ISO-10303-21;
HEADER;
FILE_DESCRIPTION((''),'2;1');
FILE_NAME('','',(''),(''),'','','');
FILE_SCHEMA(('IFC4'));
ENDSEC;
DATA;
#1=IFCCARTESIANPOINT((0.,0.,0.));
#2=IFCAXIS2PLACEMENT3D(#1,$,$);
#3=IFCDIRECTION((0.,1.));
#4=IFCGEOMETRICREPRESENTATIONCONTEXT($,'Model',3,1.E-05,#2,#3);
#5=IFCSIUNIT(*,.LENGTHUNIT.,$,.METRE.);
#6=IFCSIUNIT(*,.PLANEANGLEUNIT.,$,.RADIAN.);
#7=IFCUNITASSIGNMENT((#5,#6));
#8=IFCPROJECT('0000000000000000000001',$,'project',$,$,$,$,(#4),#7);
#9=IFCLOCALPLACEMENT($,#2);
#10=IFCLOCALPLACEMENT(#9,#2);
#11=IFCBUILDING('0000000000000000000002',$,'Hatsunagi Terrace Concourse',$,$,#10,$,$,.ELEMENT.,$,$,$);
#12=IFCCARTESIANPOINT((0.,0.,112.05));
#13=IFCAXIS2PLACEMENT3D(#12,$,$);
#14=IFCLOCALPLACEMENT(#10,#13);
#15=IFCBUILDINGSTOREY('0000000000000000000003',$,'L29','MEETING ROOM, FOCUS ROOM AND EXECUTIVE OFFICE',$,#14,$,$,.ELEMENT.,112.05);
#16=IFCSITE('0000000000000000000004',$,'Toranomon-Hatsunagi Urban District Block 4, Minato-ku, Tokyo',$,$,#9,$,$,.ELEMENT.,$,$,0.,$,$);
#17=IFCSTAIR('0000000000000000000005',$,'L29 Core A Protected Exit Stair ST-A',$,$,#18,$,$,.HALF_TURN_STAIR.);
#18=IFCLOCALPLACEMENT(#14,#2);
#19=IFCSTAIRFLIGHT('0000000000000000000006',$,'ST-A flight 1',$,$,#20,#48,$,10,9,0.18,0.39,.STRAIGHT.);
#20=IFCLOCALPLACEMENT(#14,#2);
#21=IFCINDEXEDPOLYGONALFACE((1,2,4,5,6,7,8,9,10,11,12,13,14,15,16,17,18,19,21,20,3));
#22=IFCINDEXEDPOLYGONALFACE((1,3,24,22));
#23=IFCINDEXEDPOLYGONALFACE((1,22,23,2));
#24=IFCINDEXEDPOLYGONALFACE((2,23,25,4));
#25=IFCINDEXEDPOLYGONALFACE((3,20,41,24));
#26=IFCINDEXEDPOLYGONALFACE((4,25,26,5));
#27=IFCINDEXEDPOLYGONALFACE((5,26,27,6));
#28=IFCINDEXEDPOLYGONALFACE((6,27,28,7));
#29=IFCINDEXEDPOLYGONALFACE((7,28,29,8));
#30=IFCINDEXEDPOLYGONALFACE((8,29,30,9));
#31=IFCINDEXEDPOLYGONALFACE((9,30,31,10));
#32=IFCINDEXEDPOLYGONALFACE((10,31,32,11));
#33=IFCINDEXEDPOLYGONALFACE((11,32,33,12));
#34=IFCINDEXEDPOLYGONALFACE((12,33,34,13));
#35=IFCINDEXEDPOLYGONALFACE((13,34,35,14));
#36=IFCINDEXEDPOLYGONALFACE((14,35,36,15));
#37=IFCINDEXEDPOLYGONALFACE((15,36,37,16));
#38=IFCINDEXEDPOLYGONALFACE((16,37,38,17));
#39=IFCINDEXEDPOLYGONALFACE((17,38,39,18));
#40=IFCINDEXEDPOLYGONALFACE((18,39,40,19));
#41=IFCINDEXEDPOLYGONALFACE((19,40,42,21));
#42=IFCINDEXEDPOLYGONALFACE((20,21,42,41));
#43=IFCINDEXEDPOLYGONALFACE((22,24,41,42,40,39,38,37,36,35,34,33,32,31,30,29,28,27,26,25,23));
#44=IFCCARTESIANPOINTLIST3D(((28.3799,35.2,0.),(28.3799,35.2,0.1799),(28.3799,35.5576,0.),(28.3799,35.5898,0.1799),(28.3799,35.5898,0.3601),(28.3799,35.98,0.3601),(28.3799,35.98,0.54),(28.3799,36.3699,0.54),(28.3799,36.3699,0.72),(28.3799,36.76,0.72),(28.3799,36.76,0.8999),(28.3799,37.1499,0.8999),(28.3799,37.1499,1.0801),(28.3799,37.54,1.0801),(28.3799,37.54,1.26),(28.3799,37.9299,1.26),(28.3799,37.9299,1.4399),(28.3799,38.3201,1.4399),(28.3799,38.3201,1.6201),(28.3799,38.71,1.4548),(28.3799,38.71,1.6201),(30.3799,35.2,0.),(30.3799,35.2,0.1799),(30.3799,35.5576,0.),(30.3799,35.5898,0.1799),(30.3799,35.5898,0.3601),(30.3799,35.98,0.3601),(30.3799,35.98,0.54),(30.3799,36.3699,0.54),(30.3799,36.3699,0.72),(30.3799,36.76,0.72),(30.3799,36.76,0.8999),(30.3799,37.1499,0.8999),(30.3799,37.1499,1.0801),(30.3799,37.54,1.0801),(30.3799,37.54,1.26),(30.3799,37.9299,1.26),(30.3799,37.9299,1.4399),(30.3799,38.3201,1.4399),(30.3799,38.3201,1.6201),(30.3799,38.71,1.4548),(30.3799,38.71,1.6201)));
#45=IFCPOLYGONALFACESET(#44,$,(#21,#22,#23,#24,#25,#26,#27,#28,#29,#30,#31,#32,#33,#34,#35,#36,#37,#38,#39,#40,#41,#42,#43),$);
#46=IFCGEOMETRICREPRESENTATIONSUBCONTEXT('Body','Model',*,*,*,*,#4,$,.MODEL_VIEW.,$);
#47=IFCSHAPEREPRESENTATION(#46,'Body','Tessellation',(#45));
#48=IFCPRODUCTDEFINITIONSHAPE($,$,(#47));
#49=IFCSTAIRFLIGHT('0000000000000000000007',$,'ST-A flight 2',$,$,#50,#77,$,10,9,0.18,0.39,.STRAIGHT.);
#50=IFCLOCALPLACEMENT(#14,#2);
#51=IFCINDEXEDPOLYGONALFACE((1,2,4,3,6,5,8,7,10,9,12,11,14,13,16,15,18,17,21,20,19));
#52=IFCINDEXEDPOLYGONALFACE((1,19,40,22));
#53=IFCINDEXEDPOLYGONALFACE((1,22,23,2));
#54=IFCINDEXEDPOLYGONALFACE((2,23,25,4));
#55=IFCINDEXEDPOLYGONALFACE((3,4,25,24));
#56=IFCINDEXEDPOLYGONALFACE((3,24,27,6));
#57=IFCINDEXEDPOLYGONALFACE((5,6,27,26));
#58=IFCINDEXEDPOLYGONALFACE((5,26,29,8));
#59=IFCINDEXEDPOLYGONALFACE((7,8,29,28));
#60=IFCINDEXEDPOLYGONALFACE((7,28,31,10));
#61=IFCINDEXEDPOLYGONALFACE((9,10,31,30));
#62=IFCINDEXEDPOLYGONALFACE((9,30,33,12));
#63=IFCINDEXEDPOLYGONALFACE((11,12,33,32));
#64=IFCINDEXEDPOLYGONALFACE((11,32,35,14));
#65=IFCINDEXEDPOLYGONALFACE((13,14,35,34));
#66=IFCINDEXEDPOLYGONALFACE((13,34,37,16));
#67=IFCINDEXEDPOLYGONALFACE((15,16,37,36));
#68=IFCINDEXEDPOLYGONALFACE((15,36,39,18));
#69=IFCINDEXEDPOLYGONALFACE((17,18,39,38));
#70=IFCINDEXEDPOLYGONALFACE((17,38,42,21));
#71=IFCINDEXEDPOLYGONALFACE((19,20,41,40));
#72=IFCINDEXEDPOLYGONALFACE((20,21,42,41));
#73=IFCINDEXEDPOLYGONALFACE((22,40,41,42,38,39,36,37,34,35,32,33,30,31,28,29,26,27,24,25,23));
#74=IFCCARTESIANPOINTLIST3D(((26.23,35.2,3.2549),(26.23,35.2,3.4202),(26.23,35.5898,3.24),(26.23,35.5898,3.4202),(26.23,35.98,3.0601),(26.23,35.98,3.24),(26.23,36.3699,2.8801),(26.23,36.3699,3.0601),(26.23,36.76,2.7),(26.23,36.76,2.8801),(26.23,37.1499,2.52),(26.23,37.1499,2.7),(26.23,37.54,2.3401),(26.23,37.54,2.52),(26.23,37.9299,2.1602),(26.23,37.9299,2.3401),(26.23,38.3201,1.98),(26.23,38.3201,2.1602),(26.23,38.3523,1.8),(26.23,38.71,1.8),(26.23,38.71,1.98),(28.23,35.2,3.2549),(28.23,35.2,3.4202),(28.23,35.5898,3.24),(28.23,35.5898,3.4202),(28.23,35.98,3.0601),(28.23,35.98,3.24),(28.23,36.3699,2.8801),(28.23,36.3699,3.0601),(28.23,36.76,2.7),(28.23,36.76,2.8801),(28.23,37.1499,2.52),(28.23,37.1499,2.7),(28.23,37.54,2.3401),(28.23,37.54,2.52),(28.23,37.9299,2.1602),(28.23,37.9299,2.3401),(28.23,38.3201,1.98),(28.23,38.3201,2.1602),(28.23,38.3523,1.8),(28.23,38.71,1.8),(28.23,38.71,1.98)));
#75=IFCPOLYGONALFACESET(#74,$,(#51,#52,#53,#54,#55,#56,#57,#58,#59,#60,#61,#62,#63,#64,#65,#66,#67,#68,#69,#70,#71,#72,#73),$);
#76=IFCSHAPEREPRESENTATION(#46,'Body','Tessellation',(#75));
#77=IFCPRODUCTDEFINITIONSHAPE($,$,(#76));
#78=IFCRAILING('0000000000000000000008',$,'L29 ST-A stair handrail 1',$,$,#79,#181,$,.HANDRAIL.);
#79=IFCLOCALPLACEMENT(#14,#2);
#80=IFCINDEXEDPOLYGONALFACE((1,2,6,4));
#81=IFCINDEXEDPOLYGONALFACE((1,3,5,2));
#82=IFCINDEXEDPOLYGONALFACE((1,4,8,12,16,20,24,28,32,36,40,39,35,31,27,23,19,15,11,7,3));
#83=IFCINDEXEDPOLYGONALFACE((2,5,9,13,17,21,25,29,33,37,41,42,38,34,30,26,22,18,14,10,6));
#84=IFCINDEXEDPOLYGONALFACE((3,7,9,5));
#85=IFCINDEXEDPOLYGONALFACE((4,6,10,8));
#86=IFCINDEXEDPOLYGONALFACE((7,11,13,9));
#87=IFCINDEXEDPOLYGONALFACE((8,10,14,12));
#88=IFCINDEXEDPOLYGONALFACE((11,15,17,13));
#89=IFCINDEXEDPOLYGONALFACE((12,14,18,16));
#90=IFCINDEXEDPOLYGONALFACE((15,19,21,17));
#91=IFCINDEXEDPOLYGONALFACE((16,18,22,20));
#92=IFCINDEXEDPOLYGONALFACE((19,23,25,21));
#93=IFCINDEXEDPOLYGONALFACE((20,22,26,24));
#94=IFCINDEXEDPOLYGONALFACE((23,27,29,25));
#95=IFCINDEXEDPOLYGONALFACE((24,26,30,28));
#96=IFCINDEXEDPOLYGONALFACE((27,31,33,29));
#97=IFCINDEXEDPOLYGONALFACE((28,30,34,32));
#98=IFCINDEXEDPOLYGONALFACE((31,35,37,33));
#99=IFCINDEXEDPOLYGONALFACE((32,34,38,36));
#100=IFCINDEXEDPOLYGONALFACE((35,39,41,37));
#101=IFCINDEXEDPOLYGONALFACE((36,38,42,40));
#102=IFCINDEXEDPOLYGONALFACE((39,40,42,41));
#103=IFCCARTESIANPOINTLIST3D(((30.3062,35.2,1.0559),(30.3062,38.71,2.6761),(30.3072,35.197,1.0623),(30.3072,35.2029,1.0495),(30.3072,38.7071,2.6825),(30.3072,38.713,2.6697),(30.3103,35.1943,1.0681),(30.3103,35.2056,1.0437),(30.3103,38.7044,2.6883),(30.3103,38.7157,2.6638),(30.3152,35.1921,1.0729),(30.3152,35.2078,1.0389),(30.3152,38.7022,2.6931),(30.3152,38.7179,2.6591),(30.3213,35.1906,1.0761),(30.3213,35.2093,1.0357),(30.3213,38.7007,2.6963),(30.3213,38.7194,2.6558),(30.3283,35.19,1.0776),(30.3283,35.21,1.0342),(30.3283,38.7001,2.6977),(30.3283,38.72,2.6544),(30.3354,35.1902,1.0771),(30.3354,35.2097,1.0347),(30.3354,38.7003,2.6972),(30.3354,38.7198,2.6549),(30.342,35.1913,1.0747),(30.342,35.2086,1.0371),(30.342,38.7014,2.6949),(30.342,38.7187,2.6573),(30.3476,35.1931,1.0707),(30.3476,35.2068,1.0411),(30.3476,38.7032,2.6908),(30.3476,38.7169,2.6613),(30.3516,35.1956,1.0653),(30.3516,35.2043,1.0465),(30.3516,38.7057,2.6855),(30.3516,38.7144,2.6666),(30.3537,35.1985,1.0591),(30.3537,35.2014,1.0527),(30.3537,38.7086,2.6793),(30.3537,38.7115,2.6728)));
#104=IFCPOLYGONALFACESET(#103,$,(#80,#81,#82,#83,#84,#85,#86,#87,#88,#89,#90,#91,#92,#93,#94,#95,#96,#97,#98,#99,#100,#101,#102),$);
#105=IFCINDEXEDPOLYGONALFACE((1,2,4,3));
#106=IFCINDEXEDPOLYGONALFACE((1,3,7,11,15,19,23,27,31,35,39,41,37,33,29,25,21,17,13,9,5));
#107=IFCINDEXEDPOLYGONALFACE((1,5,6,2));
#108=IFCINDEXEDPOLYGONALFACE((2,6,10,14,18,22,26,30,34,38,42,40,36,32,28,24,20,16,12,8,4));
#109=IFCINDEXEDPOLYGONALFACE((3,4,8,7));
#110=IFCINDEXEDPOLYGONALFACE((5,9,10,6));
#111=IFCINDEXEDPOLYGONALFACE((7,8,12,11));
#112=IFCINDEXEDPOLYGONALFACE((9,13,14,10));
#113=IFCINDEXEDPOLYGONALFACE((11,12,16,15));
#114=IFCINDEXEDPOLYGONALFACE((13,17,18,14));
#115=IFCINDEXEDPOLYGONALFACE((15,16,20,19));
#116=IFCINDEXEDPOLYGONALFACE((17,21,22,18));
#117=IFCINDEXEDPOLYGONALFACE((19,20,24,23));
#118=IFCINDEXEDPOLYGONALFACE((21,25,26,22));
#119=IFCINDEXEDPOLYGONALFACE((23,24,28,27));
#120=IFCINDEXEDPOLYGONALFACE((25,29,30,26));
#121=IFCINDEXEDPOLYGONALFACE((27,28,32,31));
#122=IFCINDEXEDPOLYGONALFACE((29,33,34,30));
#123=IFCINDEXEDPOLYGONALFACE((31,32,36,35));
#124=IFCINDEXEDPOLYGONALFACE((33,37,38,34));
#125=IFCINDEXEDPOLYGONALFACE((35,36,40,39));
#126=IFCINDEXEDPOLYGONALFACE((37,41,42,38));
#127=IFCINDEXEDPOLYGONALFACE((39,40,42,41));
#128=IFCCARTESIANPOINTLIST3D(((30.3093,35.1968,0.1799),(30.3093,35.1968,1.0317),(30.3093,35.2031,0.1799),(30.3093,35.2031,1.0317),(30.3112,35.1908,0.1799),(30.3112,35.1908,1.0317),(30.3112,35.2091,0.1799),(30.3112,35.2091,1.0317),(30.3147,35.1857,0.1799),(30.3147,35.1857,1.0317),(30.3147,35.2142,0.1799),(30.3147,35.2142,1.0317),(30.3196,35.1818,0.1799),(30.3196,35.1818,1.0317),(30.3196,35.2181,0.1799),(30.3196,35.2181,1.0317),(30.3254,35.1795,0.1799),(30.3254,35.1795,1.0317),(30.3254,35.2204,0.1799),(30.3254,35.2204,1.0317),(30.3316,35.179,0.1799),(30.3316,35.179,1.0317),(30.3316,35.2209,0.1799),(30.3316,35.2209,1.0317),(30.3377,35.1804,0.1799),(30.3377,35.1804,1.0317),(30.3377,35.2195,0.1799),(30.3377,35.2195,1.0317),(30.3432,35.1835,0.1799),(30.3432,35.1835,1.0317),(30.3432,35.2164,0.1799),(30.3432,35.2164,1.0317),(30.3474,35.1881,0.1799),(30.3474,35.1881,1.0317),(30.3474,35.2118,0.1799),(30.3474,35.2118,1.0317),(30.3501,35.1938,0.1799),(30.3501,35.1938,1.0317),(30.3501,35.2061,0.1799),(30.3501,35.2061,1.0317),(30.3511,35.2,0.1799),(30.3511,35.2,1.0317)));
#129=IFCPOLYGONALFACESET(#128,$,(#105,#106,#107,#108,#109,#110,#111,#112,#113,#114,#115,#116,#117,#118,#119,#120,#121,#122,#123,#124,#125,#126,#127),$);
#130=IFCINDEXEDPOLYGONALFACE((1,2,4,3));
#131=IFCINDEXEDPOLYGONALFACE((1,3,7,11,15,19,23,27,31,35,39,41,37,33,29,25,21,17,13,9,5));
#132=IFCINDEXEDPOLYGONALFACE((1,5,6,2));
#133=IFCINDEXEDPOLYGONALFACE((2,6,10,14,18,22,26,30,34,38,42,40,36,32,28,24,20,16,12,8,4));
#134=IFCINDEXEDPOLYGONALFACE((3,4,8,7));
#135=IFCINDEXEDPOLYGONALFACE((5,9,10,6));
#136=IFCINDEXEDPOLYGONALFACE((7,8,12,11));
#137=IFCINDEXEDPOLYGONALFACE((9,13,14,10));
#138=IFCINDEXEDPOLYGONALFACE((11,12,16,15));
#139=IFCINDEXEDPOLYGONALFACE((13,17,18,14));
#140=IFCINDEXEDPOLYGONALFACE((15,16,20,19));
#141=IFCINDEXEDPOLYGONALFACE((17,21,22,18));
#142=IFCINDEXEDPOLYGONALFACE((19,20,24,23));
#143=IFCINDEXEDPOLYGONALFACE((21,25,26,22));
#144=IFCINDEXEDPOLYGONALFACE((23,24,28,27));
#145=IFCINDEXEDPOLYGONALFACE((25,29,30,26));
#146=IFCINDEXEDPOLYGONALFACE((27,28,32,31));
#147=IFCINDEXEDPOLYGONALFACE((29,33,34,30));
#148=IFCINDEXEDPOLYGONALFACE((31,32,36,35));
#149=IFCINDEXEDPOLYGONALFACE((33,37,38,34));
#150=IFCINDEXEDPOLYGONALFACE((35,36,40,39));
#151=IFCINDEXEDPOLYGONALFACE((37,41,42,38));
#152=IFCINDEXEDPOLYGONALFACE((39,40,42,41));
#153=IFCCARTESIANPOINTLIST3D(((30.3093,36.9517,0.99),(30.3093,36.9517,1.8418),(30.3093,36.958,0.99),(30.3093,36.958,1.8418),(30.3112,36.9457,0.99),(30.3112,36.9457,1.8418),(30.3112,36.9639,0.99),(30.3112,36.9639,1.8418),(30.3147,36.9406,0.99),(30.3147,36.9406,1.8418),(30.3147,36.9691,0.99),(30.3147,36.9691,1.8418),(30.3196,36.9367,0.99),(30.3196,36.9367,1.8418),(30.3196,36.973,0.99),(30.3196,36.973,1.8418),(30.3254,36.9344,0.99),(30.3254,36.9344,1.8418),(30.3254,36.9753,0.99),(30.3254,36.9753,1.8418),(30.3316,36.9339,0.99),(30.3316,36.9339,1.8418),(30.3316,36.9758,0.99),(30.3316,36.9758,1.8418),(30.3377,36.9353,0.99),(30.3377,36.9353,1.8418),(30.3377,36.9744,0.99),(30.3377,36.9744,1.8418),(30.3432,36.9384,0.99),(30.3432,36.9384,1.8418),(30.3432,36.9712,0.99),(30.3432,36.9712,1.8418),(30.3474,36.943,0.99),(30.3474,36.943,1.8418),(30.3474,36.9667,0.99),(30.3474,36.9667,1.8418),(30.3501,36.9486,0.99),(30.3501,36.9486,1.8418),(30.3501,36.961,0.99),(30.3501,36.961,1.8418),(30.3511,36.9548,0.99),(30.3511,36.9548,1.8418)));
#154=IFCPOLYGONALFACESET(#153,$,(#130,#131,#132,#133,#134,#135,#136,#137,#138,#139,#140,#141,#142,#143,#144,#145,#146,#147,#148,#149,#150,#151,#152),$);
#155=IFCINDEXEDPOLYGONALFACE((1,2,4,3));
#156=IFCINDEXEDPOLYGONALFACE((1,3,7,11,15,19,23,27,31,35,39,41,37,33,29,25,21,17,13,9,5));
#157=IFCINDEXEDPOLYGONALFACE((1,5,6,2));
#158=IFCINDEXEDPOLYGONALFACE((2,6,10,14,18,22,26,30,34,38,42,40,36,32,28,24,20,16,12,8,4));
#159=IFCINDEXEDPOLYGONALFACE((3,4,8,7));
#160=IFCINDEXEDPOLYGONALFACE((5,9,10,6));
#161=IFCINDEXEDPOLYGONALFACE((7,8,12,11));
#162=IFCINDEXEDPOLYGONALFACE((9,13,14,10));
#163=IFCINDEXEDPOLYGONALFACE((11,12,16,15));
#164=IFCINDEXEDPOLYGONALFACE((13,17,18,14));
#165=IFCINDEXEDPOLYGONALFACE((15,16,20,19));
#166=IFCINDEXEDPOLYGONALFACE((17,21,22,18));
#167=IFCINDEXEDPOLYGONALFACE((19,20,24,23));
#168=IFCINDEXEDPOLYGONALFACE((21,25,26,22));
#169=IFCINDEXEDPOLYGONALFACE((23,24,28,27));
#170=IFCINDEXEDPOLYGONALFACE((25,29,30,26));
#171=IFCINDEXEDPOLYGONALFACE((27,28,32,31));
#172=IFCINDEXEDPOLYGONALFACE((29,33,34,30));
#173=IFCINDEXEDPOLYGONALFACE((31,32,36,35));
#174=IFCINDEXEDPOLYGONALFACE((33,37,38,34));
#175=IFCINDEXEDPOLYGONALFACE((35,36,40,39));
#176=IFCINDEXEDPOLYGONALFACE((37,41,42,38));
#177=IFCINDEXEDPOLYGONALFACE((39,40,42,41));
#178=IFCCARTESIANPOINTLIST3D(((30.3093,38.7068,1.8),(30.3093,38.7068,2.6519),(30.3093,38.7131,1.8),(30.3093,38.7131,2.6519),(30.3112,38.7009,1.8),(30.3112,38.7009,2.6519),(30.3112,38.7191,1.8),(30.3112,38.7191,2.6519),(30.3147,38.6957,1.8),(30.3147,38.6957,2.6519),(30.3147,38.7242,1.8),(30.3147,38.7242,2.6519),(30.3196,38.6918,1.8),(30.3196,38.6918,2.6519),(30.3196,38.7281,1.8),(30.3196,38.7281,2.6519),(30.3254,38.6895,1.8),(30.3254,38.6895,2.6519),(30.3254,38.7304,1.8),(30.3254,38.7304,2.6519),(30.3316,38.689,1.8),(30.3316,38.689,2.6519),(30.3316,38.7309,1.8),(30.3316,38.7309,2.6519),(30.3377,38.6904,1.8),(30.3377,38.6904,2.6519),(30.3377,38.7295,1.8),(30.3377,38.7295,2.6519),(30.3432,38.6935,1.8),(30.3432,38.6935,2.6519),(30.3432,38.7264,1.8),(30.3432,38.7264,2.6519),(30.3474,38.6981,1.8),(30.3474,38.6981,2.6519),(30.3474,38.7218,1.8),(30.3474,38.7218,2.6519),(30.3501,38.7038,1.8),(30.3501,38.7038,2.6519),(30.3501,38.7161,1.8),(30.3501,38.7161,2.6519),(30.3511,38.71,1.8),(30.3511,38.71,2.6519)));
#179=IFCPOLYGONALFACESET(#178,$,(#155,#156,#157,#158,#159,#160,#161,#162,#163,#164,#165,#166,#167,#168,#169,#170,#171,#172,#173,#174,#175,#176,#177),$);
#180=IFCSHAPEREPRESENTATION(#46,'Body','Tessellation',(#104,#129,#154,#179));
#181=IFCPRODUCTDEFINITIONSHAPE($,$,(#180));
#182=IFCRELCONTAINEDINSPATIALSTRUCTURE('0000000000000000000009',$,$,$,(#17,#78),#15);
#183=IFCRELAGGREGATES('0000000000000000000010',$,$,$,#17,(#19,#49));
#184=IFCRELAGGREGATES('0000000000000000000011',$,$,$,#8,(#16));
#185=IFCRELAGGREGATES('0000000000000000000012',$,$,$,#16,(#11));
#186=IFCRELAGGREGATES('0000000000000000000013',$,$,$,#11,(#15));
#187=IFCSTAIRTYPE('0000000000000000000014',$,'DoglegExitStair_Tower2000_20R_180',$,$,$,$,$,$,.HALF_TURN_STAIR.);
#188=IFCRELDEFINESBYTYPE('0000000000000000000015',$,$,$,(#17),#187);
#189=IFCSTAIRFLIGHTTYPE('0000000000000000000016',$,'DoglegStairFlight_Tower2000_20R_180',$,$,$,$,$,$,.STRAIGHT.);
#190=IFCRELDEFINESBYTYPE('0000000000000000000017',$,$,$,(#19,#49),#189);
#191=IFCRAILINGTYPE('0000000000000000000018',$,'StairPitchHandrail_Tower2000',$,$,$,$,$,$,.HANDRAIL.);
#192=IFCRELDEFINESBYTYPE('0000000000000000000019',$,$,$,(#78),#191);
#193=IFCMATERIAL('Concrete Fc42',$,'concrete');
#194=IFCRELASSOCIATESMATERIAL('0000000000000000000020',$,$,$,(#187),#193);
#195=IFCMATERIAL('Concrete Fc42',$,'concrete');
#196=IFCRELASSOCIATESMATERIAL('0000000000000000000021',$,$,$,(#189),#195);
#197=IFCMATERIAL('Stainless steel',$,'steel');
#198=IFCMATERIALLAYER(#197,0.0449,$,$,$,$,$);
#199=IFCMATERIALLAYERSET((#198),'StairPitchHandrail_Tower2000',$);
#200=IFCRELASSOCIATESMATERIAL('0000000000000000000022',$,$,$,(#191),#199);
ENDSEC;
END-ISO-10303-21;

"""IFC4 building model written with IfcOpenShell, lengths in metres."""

from ifc_helpers import new_model, si_unit, direction, frame, origin, origin_2d, place, context, subcontext, project, spatial, polyline, circle, outline, extrude, material, layer, layer_set, type_object, element, aggregate, save


model = new_model("IFC4")

# Units and contexts
model_context = context("Model", 3, precision=1e-05, world=origin(), true_north=direction((0.0, 1.0)))
body_context = subcontext(model_context, "Body", "Model", "MODEL_VIEW")
ifc_project = project(units=[si_unit("LENGTHUNIT", "METRE"), si_unit("PLANEANGLEUNIT", "RADIAN")], contexts=[model_context])

# Site, building, storey
site_placement = place(None, origin())
site = spatial("IfcSite", under=ifc_project, at=site_placement, Name="Toranomon-Hatsunagi Urban District Block 4, Minato-ku, Tokyo", CompositionType="ELEMENT", RefElevation=0.0)
building_placement = place(site_placement, origin())
building = spatial("IfcBuilding", under=site, at=building_placement, Name="Hatsunagi Terrace Concourse", CompositionType="ELEMENT")
storey_placement = place(building_placement, frame((0.0, 0.0, 112.05)))
storey = spatial("IfcBuildingStorey", under=building, at=storey_placement, Name="L29", Description="MEETING ROOM, FOCUS ROOM AND EXECUTIVE OFFICE", CompositionType="ELEMENT", Elevation=112.05)

# Stair, stair flights
ifc_material_1 = material(Name="Concrete Fc42", Category="concrete")
stair_type = type_object("IfcStairType", Name="DoglegExitStair_Tower2000_20R_180", PredefinedType="HALF_TURN_STAIR", material=ifc_material_1)
stair_placement = place(storey_placement, origin())
stair = element("IfcStair", 1, at=stair_placement, inside=storey, type_object=stair_type, Name="L29 Core A Protected Exit Stair ST-A", PredefinedType="HALF_TURN_STAIR")
ifc_material_2 = material(Name="Concrete Fc42", Category="concrete")
stair_flight_type = type_object("IfcStairFlightType", Name="DoglegStairFlight_Tower2000_20R_180", PredefinedType="STRAIGHT", material=ifc_material_2)
stair_flight_1_placement = place(storey_placement, frame((29.3799, 35.2, 0.0), z_axis=(0.0, 0.0, 1.0), x_axis=(0.0, 1.0, 0.0)))
stair_flight_1 = element("IfcStairFlight", 2, at=stair_flight_1_placement, type_object=stair_flight_type, Name="ST-A flight 1", NumberOfRisers=10, NumberOfTreads=9, PredefinedType="STRAIGHT", RiserHeight=0.18, TreadLength=0.39, context=body_context, shape_type="SweptSolid", body=[
    extrude(outline(polyline([(0.0, 0.0), (0.0, 0.1799), (0.3899, 0.1799), (0.3899, 0.3601), (0.78, 0.3601), (0.78, 0.54), (1.1699, 0.54), (1.1699, 0.72), (1.5601, 0.72), (1.5601, 0.8999), (1.95, 0.8999), (1.95, 1.0801), (2.3401, 1.0801), (2.3401, 1.26), (2.73, 1.26), (2.73, 1.4399), (3.1201, 1.4399), (3.1201, 1.6201), (3.51, 1.6201), (3.51, 1.8), (3.51, 1.4548), (0.3577, 0.0), (0.0, 0.0)])), frame((0.0, 1.0, 0.0), z_axis=(0.0, -1.0, 0.0), x_axis=(1.0, 0.0, 0.0)), (0.0, 0.0, 1.0), 2.0),
])
stair_flight_2_placement = place(storey_placement, frame((27.23, 38.71, 1.8), z_axis=(0.0, 0.0, 1.0), x_axis=(0.0, -1.0, 0.0)))
stair_flight_2 = element("IfcStairFlight", 3, at=stair_flight_2_placement, type_object=stair_flight_type, Name="ST-A flight 2", NumberOfRisers=10, NumberOfTreads=9, PredefinedType="STRAIGHT", RiserHeight=0.18, TreadLength=0.39, context=body_context, shape_type="SweptSolid", body=[
    extrude(outline(polyline([(0.0, 0.0), (0.0, 0.1799), (0.3899, 0.1799), (0.3899, 0.3601), (0.78, 0.3601), (0.78, 0.54), (1.1699, 0.54), (1.1699, 0.72), (1.5601, 0.72), (1.5601, 0.8999), (1.95, 0.8999), (1.95, 1.0801), (2.3401, 1.0801), (2.3401, 1.26), (2.73, 1.26), (2.73, 1.4399), (3.1201, 1.4399), (3.1201, 1.6201), (3.51, 1.6201), (3.51, 1.8), (3.51, 1.4548), (0.3577, 0.0), (0.0, 0.0)])), frame((0.0, 1.0, 0.0), z_axis=(0.0, -1.0, 0.0), x_axis=(1.0, 0.0, 0.0)), (0.0, 0.0, 1.0), 2.0),
])
aggregate(stair, [stair_flight_1, stair_flight_2])

# Railing
ifc_material_3 = material(Name="Stainless steel", Category="steel")
ifc_layer_1 = layer(ifc_material_3, 0.0449)
ifc_layer_set_1 = layer_set([ifc_layer_1], Name="StairPitchHandrail_Tower2000")
railing_type_1 = type_object("IfcRailingType", Name="StairPitchHandrail_Tower2000", PredefinedType="HANDRAIL", material=ifc_layer_set_1)
railing_1_placement = place(storey_placement, frame((30.3301, 35.2, 0.1799)))
element("IfcRailing", 4, at=railing_1_placement, inside=storey, type_object=railing_type_1, Name="L29 ST-A stair handrail 1", PredefinedType="HANDRAIL", context=body_context, shape_type="SweptSolid", body=[
    extrude(circle(Radius=0.0239, at=origin_2d()), frame((0.0, 0.0, 0.876), z_axis=(0.0, 0.907948, 0.419082), x_axis=(-1.0, 0.0, 0.0)), (0.0, 0.0, 1.0), 3.866),
    extrude(circle(Radius=0.021, at=origin_2d()), origin(), (0.0, 0.0, 1.0), 0.8518),
    extrude(circle(Radius=0.021, at=origin_2d()), frame((0.0, 1.7549, 0.8101)), (0.0, 0.0, 1.0), 0.8518),
    extrude(circle(Radius=0.021, at=origin_2d()), frame((0.0, 3.51, 1.6201)), (0.0, 0.0, 1.0), 0.8518),
])

save(model, "model.ifc")
